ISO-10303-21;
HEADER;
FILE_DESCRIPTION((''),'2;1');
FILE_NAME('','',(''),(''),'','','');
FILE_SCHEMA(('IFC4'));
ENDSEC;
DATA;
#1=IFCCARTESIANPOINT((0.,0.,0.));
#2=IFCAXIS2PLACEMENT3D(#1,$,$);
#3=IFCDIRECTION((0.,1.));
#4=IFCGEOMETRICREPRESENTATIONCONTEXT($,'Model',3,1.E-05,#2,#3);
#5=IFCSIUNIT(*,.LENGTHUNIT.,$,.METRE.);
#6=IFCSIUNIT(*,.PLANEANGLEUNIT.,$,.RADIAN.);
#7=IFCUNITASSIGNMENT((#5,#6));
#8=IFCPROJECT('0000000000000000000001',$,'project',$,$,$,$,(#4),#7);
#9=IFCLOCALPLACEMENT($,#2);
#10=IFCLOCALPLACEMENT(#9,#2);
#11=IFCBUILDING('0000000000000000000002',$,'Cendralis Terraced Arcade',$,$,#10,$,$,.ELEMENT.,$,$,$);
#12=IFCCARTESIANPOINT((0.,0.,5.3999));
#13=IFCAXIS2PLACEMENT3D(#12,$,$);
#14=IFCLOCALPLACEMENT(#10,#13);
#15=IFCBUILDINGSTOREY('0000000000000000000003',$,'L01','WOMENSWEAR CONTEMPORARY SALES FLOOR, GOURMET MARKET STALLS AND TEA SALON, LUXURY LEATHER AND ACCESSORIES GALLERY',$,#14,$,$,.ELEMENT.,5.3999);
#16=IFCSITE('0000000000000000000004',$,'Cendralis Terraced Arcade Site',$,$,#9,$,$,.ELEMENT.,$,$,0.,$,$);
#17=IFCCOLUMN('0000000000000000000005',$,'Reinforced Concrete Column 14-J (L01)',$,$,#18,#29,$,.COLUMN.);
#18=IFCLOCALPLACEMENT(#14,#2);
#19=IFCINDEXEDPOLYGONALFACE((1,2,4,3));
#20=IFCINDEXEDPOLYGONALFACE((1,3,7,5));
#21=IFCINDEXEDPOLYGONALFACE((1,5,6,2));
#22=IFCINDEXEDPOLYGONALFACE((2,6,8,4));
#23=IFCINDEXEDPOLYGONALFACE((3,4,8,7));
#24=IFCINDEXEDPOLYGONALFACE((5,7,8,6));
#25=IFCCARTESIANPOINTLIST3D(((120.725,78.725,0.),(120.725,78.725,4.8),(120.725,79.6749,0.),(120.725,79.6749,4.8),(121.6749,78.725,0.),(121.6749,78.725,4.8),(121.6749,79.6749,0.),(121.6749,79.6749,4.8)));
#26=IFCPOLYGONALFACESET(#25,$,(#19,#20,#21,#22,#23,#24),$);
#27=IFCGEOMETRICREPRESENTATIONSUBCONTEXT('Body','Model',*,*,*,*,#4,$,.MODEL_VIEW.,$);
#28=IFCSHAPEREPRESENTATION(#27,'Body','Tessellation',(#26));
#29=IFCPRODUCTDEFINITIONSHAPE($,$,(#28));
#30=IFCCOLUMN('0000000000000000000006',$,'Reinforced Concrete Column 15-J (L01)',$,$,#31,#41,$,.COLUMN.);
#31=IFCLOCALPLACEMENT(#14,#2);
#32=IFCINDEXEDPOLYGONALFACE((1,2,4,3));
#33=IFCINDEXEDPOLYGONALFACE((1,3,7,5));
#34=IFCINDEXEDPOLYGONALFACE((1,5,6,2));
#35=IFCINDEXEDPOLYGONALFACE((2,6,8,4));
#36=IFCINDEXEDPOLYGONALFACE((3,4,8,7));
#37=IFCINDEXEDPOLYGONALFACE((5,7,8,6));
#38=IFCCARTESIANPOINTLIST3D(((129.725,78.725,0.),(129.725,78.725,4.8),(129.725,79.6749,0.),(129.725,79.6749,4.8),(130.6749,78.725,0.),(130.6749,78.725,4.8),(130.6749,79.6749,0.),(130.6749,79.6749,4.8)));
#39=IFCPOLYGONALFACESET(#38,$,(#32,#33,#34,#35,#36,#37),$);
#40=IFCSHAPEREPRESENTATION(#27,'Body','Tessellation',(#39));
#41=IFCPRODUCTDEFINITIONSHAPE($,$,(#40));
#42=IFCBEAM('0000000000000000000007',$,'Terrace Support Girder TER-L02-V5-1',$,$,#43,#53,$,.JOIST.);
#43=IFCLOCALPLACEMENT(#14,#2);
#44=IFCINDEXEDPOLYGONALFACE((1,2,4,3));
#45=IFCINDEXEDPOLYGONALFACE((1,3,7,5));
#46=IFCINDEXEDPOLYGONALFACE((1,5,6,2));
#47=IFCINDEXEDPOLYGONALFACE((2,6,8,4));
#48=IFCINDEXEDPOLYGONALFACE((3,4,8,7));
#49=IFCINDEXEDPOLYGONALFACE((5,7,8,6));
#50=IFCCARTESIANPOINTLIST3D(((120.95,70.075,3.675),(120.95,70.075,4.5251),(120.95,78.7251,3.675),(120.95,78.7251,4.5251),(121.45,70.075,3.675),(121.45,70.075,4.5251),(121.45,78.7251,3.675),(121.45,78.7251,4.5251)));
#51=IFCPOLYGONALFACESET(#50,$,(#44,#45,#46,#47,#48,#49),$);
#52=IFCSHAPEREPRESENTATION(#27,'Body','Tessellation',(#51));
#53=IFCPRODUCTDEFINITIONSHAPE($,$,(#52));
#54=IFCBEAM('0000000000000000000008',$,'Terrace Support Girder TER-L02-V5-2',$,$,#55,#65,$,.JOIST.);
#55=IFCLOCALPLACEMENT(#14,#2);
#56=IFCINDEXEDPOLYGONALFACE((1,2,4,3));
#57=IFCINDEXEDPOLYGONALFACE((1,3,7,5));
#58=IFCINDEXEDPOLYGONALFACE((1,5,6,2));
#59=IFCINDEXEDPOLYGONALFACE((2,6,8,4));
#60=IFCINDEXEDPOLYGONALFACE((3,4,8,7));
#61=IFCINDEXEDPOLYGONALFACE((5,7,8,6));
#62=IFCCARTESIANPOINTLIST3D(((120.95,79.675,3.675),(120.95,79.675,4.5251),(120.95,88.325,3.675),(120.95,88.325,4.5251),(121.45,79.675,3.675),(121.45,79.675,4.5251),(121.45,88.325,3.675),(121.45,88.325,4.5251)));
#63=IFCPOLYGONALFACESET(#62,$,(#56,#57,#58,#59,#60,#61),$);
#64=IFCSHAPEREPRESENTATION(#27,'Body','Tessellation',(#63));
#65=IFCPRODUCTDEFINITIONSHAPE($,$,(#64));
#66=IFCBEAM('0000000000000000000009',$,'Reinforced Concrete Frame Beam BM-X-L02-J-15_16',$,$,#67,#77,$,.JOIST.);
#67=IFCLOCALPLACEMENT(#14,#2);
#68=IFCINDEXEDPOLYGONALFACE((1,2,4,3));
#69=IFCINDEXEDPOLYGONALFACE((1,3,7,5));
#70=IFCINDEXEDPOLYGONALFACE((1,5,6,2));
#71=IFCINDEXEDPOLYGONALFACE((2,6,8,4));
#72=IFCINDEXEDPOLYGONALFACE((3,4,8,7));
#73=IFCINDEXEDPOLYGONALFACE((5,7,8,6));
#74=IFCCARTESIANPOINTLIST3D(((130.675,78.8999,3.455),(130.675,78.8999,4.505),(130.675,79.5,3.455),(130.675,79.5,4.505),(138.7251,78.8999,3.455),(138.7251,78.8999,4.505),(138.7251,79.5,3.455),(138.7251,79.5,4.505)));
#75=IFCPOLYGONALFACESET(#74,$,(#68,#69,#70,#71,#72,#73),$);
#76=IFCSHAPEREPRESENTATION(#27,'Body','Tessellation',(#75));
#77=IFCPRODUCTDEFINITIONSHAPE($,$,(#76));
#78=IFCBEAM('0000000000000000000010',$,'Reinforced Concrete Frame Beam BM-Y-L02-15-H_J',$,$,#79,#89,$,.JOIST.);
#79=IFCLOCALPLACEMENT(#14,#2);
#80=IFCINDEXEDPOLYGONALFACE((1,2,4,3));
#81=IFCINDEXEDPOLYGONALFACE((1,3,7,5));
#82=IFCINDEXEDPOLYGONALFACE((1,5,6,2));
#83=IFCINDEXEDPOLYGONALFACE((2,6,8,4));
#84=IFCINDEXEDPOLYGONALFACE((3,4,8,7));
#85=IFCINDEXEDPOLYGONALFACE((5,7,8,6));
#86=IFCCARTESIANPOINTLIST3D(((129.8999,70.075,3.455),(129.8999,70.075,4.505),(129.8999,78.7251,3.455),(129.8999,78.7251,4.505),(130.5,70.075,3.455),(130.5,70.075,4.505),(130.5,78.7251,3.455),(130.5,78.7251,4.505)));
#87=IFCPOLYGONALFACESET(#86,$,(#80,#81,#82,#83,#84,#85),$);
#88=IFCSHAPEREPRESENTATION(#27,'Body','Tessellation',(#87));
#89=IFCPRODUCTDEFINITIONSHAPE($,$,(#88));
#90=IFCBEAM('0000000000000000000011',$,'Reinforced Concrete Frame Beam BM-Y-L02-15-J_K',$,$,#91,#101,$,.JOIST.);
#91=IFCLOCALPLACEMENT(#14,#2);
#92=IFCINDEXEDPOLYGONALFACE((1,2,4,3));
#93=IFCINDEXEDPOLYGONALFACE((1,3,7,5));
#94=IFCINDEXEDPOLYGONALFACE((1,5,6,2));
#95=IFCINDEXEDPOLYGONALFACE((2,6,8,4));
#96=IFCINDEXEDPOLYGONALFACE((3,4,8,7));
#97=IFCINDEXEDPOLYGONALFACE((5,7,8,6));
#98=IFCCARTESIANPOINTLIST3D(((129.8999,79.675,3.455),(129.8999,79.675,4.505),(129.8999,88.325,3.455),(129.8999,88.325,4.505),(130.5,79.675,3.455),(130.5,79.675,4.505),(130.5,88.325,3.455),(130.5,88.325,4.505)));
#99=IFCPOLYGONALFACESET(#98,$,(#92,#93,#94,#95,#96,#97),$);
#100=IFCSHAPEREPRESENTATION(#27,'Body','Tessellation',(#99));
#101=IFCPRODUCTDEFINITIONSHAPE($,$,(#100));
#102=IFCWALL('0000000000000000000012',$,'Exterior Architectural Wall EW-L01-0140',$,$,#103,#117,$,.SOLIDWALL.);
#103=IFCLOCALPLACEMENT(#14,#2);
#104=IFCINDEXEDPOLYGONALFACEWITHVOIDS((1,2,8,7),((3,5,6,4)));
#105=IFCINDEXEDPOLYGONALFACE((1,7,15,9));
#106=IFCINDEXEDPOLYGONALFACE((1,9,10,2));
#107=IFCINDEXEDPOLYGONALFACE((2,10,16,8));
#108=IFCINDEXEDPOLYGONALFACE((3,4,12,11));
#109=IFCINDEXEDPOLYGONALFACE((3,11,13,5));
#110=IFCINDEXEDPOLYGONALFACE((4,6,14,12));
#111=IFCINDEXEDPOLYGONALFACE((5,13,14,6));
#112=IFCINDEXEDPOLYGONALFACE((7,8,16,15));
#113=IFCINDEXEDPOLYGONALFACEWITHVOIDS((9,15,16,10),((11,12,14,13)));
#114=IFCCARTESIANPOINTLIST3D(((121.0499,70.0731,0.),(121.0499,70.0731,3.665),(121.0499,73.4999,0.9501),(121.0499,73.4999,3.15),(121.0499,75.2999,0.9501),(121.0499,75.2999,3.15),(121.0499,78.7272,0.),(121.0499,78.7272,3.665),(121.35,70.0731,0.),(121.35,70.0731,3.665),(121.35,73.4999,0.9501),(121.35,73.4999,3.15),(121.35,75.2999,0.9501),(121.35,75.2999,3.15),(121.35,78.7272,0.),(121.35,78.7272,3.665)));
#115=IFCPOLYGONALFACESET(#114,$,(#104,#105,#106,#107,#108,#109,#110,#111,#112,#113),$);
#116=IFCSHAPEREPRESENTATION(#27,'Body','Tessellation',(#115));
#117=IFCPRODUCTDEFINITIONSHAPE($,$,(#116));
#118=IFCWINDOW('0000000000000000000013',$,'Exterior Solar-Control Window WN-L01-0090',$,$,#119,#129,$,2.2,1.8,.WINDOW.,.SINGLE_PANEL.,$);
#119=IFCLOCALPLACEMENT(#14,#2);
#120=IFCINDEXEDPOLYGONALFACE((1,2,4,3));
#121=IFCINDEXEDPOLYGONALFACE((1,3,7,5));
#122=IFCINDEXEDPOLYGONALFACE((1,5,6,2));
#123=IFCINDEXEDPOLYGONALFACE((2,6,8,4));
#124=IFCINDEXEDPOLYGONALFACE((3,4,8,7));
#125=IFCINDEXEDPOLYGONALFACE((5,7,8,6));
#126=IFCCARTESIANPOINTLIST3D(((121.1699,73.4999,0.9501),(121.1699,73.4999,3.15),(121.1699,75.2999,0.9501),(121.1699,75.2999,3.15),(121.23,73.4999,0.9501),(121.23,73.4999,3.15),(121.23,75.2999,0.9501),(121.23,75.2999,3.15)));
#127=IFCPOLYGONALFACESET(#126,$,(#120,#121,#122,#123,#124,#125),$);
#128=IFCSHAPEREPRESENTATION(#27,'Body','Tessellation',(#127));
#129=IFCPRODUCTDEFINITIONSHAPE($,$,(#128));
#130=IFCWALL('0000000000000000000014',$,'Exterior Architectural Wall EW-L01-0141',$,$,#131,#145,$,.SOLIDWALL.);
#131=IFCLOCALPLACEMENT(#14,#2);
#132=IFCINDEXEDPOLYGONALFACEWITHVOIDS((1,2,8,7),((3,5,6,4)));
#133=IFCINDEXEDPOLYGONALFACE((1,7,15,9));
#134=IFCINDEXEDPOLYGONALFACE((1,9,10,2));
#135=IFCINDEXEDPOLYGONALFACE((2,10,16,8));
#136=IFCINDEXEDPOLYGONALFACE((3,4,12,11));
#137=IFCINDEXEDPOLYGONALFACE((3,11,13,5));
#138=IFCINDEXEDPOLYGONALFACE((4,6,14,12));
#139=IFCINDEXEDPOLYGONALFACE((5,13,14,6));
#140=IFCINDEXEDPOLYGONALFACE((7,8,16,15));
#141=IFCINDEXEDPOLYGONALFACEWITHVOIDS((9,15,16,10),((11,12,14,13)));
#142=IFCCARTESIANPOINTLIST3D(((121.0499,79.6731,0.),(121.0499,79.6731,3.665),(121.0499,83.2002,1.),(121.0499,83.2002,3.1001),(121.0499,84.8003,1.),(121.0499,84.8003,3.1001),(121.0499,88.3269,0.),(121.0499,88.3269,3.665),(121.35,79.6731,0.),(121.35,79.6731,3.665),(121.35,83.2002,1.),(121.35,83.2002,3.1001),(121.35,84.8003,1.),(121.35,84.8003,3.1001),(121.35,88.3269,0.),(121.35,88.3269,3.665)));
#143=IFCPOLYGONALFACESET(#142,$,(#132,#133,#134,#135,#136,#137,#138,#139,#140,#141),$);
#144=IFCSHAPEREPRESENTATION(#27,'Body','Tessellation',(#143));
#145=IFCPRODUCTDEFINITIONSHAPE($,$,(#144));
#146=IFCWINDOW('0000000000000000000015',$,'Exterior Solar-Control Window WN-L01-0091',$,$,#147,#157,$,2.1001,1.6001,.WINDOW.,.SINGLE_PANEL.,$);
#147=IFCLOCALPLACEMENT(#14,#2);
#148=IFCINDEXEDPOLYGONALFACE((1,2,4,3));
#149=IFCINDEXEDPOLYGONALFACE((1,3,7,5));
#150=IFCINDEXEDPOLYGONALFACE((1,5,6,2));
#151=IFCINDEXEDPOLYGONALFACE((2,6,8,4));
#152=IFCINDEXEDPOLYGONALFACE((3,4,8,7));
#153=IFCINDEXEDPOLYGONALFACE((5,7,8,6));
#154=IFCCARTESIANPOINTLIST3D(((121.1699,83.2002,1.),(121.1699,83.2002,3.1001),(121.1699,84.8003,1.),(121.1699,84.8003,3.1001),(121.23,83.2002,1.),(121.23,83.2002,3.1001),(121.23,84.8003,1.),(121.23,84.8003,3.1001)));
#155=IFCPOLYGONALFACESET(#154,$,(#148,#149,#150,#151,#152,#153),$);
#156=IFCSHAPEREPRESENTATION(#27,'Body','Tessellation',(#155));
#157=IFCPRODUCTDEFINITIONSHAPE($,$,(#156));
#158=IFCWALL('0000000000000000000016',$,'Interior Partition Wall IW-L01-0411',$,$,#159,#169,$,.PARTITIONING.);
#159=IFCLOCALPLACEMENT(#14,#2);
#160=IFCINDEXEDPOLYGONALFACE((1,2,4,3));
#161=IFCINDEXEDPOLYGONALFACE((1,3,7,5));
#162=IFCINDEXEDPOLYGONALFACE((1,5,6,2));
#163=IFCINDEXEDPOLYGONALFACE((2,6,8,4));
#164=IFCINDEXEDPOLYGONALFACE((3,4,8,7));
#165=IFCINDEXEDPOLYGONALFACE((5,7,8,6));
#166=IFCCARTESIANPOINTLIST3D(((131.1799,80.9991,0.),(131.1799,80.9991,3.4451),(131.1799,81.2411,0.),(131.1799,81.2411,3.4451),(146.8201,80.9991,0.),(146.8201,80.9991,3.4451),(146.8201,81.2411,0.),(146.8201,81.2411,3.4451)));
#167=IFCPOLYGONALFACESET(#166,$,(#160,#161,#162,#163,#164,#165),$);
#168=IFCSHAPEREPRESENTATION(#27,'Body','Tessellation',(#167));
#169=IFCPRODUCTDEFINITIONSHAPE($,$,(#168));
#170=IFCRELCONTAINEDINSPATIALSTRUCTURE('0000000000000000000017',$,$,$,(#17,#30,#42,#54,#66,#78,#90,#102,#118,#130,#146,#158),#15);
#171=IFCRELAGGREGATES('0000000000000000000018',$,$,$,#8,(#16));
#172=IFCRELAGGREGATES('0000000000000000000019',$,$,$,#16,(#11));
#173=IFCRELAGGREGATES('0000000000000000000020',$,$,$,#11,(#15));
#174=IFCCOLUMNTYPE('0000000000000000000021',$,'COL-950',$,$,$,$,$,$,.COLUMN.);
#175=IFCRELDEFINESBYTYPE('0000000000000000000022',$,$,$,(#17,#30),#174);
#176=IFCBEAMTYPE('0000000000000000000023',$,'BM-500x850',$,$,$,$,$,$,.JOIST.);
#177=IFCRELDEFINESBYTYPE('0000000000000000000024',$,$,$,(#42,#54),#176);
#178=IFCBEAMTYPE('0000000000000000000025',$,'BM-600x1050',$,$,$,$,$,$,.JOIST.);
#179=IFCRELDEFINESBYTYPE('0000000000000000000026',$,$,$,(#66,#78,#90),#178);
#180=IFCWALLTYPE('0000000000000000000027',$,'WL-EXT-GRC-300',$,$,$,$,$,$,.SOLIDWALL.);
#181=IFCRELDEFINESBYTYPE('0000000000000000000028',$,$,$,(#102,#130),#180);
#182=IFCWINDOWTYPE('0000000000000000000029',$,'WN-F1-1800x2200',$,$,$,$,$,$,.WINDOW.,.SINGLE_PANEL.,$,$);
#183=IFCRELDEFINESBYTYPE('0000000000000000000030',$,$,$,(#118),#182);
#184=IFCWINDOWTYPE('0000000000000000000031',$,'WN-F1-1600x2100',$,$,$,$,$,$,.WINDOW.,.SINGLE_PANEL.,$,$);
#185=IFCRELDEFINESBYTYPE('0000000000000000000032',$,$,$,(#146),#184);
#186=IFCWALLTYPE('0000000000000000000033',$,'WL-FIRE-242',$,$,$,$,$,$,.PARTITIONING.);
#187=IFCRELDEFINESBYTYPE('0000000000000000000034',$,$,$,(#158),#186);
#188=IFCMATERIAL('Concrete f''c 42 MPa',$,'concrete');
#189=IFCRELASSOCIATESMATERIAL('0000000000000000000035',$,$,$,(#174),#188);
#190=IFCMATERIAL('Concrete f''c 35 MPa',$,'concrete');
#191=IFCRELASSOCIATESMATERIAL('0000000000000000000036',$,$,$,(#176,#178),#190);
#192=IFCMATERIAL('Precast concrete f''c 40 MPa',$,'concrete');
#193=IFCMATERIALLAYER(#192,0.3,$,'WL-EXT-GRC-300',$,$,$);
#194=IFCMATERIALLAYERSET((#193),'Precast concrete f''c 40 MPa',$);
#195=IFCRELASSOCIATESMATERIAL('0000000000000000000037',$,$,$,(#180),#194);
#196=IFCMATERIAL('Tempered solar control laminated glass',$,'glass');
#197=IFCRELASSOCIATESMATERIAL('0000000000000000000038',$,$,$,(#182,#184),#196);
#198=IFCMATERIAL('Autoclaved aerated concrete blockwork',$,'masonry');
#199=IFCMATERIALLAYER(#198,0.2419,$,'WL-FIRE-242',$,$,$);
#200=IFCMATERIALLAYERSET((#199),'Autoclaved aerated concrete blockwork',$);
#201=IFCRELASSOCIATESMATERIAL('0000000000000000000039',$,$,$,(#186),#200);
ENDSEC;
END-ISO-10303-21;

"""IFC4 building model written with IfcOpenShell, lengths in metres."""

from ifc_helpers import new_model, si_unit, direction, frame, frame_2d, origin, origin_2d, place, context, subcontext, project, spatial, rectangle, extrude, material, layer, layer_set, material_profile, profile_set, type_object, element, fill, save


model = new_model("IFC4")

# Units and contexts
model_context = context("Model", 3, precision=1e-05, world=origin(), true_north=direction((0.0, 1.0)))
body_context = subcontext(model_context, "Body", "Model", "MODEL_VIEW")
ifc_project = project(units=[si_unit("LENGTHUNIT", "METRE"), si_unit("PLANEANGLEUNIT", "RADIAN")], contexts=[model_context])

# Site, building, storey
site_placement = place(None, origin())
site = spatial("IfcSite", under=ifc_project, at=site_placement, Name="Cendralis Terraced Arcade Site", CompositionType="ELEMENT", RefElevation=0.0)
building_placement = place(site_placement, origin())
building = spatial("IfcBuilding", under=site, at=building_placement, Name="Cendralis Terraced Arcade", CompositionType="ELEMENT")
storey_placement = place(building_placement, frame((0.0, 0.0, 5.3999)))
storey = spatial("IfcBuildingStorey", under=building, at=storey_placement, Name="L01", Description="WOMENSWEAR CONTEMPORARY SALES FLOOR, GOURMET MARKET STALLS AND TEA SALON, LUXURY LEATHER AND ACCESSORIES GALLERY", CompositionType="ELEMENT", Elevation=5.3999)

# Columns
ifc_material_1 = material(Name="Concrete f'c 42 MPa", Category="concrete")
ifc_material_profile_1 = material_profile(ifc_material_1, rectangle(XDim=0.95, YDim=0.95, at=origin_2d()), Name="RC-COL-950x950", Category="LoadBearing")
ifc_profile_set_1 = profile_set([ifc_material_profile_1], Name="Concrete f'c 42 MPa")
column_type = type_object("IfcColumnType", Name="COL-950", PredefinedType="COLUMN", material=ifc_profile_set_1)
for number, where, z_axis, x_axis, name in (
    (1, (121.2, 79.2, 0.0), (0.0, 0.0, 1.0), (1.0, 0.0, 0.0), "Reinforced Concrete Column 14-J (L01)"),
    (2, (130.2, 79.2, 0.0), (0.0, 0.0, 1.0), (1.0, 0.0, 0.0), "Reinforced Concrete Column 15-J (L01)"),
):
    element("IfcColumn", number, at=place(storey_placement, frame(where, z_axis=z_axis, x_axis=x_axis)), inside=storey, type_object=column_type, Name=name, PredefinedType="COLUMN", context=body_context, shape_type="SweptSolid", body=[
        extrude(rectangle(XDim=0.95, YDim=0.95, at=origin_2d()), origin(), (0.0, 0.0, 1.0), 4.8),
    ])

# Beams
ifc_material_2 = material(Name="Concrete f'c 35 MPa", Category="concrete")
ifc_material_profile_2 = material_profile(ifc_material_2, rectangle(XDim=0.5, YDim=0.8501, at=origin_2d()), Name="RC-BM-500x850", Category="LoadBearing")
ifc_profile_set_2 = profile_set([ifc_material_profile_2], Name="Concrete f'c 35 MPa")
beam_type_1 = type_object("IfcBeamType", Name="BM-500x850", PredefinedType="JOIST", material=ifc_profile_set_2)
beam_1_placement = place(storey_placement, frame((121.2, 70.075, 4.1001), z_axis=(0.0, 1.0, 0.0), x_axis=(-1.0, 0.0, 0.0)))
element("IfcBeam", 3, at=beam_1_placement, inside=storey, type_object=beam_type_1, Name="Terrace Support Girder TER-L02-V5-1", PredefinedType="JOIST", context=body_context, shape_type="SweptSolid", body=[
    extrude(rectangle(XDim=0.5, YDim=0.8501, at=origin_2d()), origin(), (0.0, 0.0, 1.0), 8.6501),
])
beam_2_placement = place(storey_placement, frame((121.2, 79.675, 4.1001), z_axis=(0.0, 1.0, 0.0), x_axis=(-1.0, 0.0, 0.0)))
element("IfcBeam", 4, at=beam_2_placement, inside=storey, type_object=beam_type_1, Name="Terrace Support Girder TER-L02-V5-2", PredefinedType="JOIST", context=body_context, shape_type="SweptSolid", body=[
    extrude(rectangle(XDim=0.5, YDim=0.8501, at=origin_2d()), origin(), (0.0, 0.0, 1.0), 8.6499),
])
ifc_material_profile_3 = material_profile(ifc_material_2, rectangle(XDim=0.6001, YDim=1.05, at=origin_2d()), Name="RC-BM-600x1050", Category="LoadBearing")
ifc_profile_set_3 = profile_set([ifc_material_profile_3], Name="Concrete f'c 35 MPa")
beam_type_2 = type_object("IfcBeamType", Name="BM-600x1050", PredefinedType="JOIST", material=ifc_profile_set_3)
beam_3_placement = place(storey_placement, frame((130.675, 79.2, 3.98), z_axis=(1.0, 0.0, 0.0), x_axis=(0.0, 1.0, 0.0)))
element("IfcBeam", 5, at=beam_3_placement, inside=storey, type_object=beam_type_2, Name="Reinforced Concrete Frame Beam BM-X-L02-J-15_16", PredefinedType="JOIST", context=body_context, shape_type="SweptSolid", body=[
    extrude(rectangle(XDim=0.6001, YDim=1.05, at=origin_2d()), origin(), (0.0, 0.0, 1.0), 8.05),
])
beam_4_placement = place(storey_placement, frame((130.2, 70.075, 3.98), z_axis=(0.0, 1.0, 0.0), x_axis=(-1.0, 0.0, 0.0)))
element("IfcBeam", 6, at=beam_4_placement, inside=storey, type_object=beam_type_2, Name="Reinforced Concrete Frame Beam BM-Y-L02-15-H_J", PredefinedType="JOIST", context=body_context, shape_type="SweptSolid", body=[
    extrude(rectangle(XDim=0.6001, YDim=1.05, at=origin_2d()), origin(), (0.0, 0.0, 1.0), 8.6501),
])
beam_5_placement = place(storey_placement, frame((130.2, 79.675, 3.98), z_axis=(0.0, 1.0, 0.0), x_axis=(-1.0, 0.0, 0.0)))
element("IfcBeam", 7, at=beam_5_placement, inside=storey, type_object=beam_type_2, Name="Reinforced Concrete Frame Beam BM-Y-L02-15-J_K", PredefinedType="JOIST", context=body_context, shape_type="SweptSolid", body=[
    extrude(rectangle(XDim=0.6001, YDim=1.05, at=origin_2d()), origin(), (0.0, 0.0, 1.0), 8.6499),
])

# Walls, openings, windows
ifc_material_3 = material(Name="Precast concrete f'c 40 MPa", Category="concrete")
ifc_layer_1 = layer(ifc_material_3, 0.3, Name="WL-EXT-GRC-300")
ifc_layer_set_1 = layer_set([ifc_layer_1], Name="Precast concrete f'c 40 MPa")
wall_type_1 = type_object("IfcWallType", Name="WL-EXT-GRC-300", PredefinedType="SOLIDWALL", material=ifc_layer_set_1)
wall_1_placement = place(storey_placement, frame((121.2, 70.073, 0.0), z_axis=(0.0, 0.0, 1.0), x_axis=(0.0, 1.0, 0.0)))
wall_1 = element("IfcWall", 8, at=wall_1_placement, inside=storey, type_object=wall_type_1, Name="Exterior Architectural Wall EW-L01-0140", PredefinedType="SOLIDWALL", context=body_context, shape_type="SweptSolid", body=[
    extrude(rectangle(XDim=8.6541, YDim=0.3, at=frame_2d((4.3271, 0.0))), origin(), (0.0, 0.0, 1.0), 3.665),
])
opening_1_placement = place(wall_1_placement, frame((3.427, 0.0, 0.95)))
opening_1 = element("IfcOpeningElement", 9, at=opening_1_placement, cuts=wall_1, PredefinedType="OPENING", context=body_context, shape_type="SweptSolid", body=[
    extrude(rectangle(XDim=1.8, YDim=2.2, at=frame_2d((0.8999, 1.1001))), frame((0.0, 0.1621, 0.0), z_axis=(0.0, -1.0, 0.0), x_axis=(1.0, 0.0, 0.0)), (0.0, 0.0, 1.0), 0.324),
])
ifc_material_4 = material(Name="Tempered solar control laminated glass", Category="glass")
window_type_1 = type_object("IfcWindowType", Name="WN-F1-1800x2200", PartitioningType="SINGLE_PANEL", PredefinedType="WINDOW", material=ifc_material_4)
window_1_placement = place(opening_1_placement, origin())
window_1 = element("IfcWindow", 10, at=window_1_placement, inside=storey, type_object=window_type_1, Name="Exterior Solar-Control Window WN-L01-0090", OverallHeight=2.2, OverallWidth=1.8, PartitioningType="SINGLE_PANEL", PredefinedType="WINDOW", context=body_context, shape_type="SweptSolid", body=[
    extrude(rectangle(XDim=1.8, YDim=2.2, at=frame_2d((0.8999, 1.1001))), frame((0.0, 0.03, 0.0), z_axis=(0.0, -1.0, 0.0), x_axis=(1.0, 0.0, 0.0)), (0.0, 0.0, 1.0), 0.0601),
])
fill(opening_1, window_1)
wall_2_placement = place(storey_placement, frame((121.2, 79.6731, 0.0), z_axis=(0.0, 0.0, 1.0), x_axis=(0.0, 1.0, 0.0)))
wall_2 = element("IfcWall", 11, at=wall_2_placement, inside=storey, type_object=wall_type_1, Name="Exterior Architectural Wall EW-L01-0141", PredefinedType="SOLIDWALL", context=body_context, shape_type="SweptSolid", body=[
    extrude(rectangle(XDim=8.6538, YDim=0.3, at=frame_2d((4.3269, 0.0))), origin(), (0.0, 0.0, 1.0), 3.665),
])
opening_2_placement = place(wall_2_placement, frame((3.5271, 0.0, 1.0)))
opening_2 = element("IfcOpeningElement", 12, at=opening_2_placement, cuts=wall_2, PredefinedType="OPENING", context=body_context, shape_type="SweptSolid", body=[
    extrude(rectangle(XDim=1.6001, YDim=2.1001, at=frame_2d((0.8, 1.05))), frame((0.0, 0.1621, 0.0), z_axis=(0.0, -1.0, 0.0), x_axis=(1.0, 0.0, 0.0)), (0.0, 0.0, 1.0), 0.324),
])
window_type_2 = type_object("IfcWindowType", Name="WN-F1-1600x2100", PartitioningType="SINGLE_PANEL", PredefinedType="WINDOW", material=ifc_material_4)
window_2_placement = place(opening_2_placement, origin())
window_2 = element("IfcWindow", 13, at=window_2_placement, inside=storey, type_object=window_type_2, Name="Exterior Solar-Control Window WN-L01-0091", OverallHeight=2.1001, OverallWidth=1.6001, PartitioningType="SINGLE_PANEL", PredefinedType="WINDOW", context=body_context, shape_type="SweptSolid", body=[
    extrude(rectangle(XDim=1.6001, YDim=2.1001, at=frame_2d((0.8, 1.05))), frame((0.0, 0.03, 0.0), z_axis=(0.0, -1.0, 0.0), x_axis=(1.0, 0.0, 0.0)), (0.0, 0.0, 1.0), 0.0601),
])
fill(opening_2, window_2)

# Wall
ifc_material_5 = material(Name="Autoclaved aerated concrete blockwork", Category="masonry")
ifc_layer_2 = layer(ifc_material_5, 0.2419, Name="WL-FIRE-242")
ifc_layer_set_2 = layer_set([ifc_layer_2], Name="Autoclaved aerated concrete blockwork")
wall_type_2 = type_object("IfcWallType", Name="WL-FIRE-242", PredefinedType="PARTITIONING", material=ifc_layer_set_2)
wall_3_placement = place(storey_placement, frame((131.1799, 81.1201, 0.0), z_axis=(0.0, 0.0, 1.0), x_axis=(1.0, 0.0, 0.0)))
element("IfcWall", 14, at=wall_3_placement, inside=storey, type_object=wall_type_2, Name="Interior Partition Wall IW-L01-0411", PredefinedType="PARTITIONING", context=body_context, shape_type="SweptSolid", body=[
    extrude(rectangle(XDim=15.6401, YDim=0.2419, at=frame_2d((7.8201, 0.0))), origin(), (0.0, 0.0, 1.0), 3.4451),
])

save(model, "model.ifc")
